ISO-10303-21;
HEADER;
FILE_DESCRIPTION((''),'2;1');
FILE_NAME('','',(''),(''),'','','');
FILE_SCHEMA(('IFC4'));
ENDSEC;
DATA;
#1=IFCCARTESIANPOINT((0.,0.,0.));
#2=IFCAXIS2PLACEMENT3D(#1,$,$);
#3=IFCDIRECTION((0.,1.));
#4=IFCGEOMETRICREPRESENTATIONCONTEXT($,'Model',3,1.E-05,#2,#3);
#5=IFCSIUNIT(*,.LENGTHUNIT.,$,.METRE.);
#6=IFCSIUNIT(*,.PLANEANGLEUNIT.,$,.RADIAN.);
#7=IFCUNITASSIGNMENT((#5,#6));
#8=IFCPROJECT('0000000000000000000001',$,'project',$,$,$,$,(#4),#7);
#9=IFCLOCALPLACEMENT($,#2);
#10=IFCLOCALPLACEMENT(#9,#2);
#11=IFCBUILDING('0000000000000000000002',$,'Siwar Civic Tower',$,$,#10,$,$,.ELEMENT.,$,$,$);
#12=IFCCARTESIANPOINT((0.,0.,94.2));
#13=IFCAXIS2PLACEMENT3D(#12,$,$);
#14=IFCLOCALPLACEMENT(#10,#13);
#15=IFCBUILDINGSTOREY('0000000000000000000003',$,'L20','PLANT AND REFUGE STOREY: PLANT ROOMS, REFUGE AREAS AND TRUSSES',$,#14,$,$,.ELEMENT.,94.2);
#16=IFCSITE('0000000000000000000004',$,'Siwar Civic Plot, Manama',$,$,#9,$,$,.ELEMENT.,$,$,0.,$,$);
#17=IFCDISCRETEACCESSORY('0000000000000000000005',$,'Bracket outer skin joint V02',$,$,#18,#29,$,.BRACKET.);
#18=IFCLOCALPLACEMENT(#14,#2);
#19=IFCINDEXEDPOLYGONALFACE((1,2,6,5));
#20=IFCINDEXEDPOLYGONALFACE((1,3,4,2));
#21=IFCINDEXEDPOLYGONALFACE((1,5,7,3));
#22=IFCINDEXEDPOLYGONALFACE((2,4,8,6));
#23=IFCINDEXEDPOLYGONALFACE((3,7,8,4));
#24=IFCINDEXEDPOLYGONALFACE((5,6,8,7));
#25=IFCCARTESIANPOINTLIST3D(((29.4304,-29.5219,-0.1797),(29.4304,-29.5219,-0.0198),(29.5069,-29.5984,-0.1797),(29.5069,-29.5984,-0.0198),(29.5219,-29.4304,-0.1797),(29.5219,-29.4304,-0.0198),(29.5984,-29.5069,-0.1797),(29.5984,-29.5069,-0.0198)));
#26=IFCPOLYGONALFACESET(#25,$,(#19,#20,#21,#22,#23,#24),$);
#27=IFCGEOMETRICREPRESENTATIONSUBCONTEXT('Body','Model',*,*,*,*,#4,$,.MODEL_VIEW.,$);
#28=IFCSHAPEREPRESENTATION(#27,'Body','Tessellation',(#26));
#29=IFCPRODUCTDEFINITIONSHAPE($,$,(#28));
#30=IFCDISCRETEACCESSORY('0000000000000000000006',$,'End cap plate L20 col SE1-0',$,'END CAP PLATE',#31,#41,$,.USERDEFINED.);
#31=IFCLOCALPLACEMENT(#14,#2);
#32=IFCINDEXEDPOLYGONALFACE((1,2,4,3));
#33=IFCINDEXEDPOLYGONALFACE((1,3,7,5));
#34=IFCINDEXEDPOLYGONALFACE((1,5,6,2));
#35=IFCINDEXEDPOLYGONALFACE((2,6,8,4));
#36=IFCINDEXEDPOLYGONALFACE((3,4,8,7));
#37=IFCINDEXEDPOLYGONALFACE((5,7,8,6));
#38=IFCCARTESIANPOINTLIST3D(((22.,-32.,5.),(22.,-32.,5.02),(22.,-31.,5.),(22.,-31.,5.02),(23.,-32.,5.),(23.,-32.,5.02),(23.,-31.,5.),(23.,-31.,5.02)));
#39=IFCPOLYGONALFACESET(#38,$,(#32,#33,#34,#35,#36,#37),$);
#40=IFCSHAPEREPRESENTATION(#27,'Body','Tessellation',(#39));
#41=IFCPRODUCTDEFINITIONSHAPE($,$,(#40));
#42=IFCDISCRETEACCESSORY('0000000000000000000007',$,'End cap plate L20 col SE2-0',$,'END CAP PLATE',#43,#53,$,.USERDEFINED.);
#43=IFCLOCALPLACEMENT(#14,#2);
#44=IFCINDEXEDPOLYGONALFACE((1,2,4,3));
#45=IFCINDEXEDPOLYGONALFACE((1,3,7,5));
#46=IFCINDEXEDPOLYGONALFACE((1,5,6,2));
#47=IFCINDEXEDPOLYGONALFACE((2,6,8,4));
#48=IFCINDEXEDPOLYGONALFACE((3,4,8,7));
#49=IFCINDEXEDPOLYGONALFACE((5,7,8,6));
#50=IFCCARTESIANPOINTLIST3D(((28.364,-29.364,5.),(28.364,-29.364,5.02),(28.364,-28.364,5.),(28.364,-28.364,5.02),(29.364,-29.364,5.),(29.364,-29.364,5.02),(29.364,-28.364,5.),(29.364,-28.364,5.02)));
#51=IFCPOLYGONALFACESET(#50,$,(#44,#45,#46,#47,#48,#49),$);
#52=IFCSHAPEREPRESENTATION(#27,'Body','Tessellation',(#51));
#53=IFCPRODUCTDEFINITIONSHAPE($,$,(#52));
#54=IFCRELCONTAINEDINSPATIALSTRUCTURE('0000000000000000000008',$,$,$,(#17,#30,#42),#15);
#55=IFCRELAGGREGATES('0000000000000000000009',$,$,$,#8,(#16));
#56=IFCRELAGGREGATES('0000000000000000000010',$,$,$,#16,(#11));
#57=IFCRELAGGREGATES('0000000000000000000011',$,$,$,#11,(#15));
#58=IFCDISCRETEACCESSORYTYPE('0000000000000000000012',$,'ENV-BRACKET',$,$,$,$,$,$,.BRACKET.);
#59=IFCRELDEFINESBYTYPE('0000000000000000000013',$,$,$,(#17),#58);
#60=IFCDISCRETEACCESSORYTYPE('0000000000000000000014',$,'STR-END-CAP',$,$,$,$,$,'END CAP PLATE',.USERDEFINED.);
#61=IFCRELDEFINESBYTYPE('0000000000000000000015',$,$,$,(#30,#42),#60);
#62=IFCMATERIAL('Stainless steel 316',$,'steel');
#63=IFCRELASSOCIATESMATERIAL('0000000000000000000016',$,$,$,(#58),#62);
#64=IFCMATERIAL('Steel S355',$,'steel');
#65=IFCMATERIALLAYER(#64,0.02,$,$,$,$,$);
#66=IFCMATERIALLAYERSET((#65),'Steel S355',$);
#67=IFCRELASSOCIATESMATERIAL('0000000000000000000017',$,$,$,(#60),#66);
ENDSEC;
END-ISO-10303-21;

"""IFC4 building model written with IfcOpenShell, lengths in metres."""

from ifc_helpers import new_model, si_unit, direction, frame, origin, origin_2d, place, context, subcontext, project, spatial, rectangle, extrude, material, layer, layer_set, type_object, element, save


model = new_model("IFC4")

# Units and contexts
model_context = context("Model", 3, precision=1e-05, world=origin(), true_north=direction((0.0, 1.0)))
body_context = subcontext(model_context, "Body", "Model", "MODEL_VIEW")
ifc_project = project(units=[si_unit("LENGTHUNIT", "METRE"), si_unit("PLANEANGLEUNIT", "RADIAN")], contexts=[model_context])

# Site, building, storey
site_placement = place(None, origin())
site = spatial("IfcSite", under=ifc_project, at=site_placement, Name="Siwar Civic Plot, Manama", CompositionType="ELEMENT", RefElevation=0.0)
building_placement = place(site_placement, origin())
building = spatial("IfcBuilding", under=site, at=building_placement, Name="Siwar Civic Tower", CompositionType="ELEMENT")
storey_placement = place(building_placement, frame((0.0, 0.0, 94.2)))
storey = spatial("IfcBuildingStorey", under=building, at=storey_placement, Name="L20", Description="PLANT AND REFUGE STOREY: PLANT ROOMS, REFUGE AREAS AND TRUSSES", CompositionType="ELEMENT", Elevation=94.2)

# Discrete accessories
ifc_material_1 = material(Name="Stainless steel 316", Category="steel")
discrete_accessory_type_1 = type_object("IfcDiscreteAccessoryType", Name="ENV-BRACKET", PredefinedType="BRACKET", material=ifc_material_1)
discrete_accessory_1_placement = place(storey_placement, frame((29.5144, -29.5144, -0.1797), z_axis=(0.0, 0.0, 1.0), x_axis=(0.707107, -0.707107, 0.0)))
element("IfcDiscreteAccessory", 1, at=discrete_accessory_1_placement, inside=storey, type_object=discrete_accessory_type_1, Name="Bracket outer skin joint V02", PredefinedType="BRACKET", context=body_context, shape_type="SweptSolid", body=[
    extrude(rectangle(XDim=0.1082, YDim=0.1294, at=origin_2d()), origin(), (0.0, 0.0, 1.0), 0.1599),
])
ifc_material_2 = material(Name="Steel S355", Category="steel")
ifc_layer_1 = layer(ifc_material_2, 0.02)
ifc_layer_set_1 = layer_set([ifc_layer_1], Name="Steel S355")
discrete_accessory_type_2 = type_object("IfcDiscreteAccessoryType", Name="STR-END-CAP", ElementType="END CAP PLATE", PredefinedType="USERDEFINED", material=ifc_layer_set_1)
for number, where, z_axis, x_axis, name in (
    (2, (22.5, -31.5, 5.0), (0.0, 0.0, 1.0), (1.0, 0.0, 0.0), "End cap plate L20 col SE1-0"),
    (3, (28.864, -28.864, 5.0), (0.0, 0.0, 1.0), (1.0, 0.0, 0.0), "End cap plate L20 col SE2-0"),
):
    element("IfcDiscreteAccessory", number, at=place(storey_placement, frame(where, z_axis=z_axis, x_axis=x_axis)), inside=storey, type_object=discrete_accessory_type_2, Name=name, ObjectType="END CAP PLATE", PredefinedType="USERDEFINED", context=body_context, shape_type="SweptSolid", body=[
        extrude(rectangle(XDim=1.0, YDim=1.0, at=origin_2d()), origin(), (0.0, 0.0, 1.0), 0.02),
    ])

save(model, "model.ifc")
